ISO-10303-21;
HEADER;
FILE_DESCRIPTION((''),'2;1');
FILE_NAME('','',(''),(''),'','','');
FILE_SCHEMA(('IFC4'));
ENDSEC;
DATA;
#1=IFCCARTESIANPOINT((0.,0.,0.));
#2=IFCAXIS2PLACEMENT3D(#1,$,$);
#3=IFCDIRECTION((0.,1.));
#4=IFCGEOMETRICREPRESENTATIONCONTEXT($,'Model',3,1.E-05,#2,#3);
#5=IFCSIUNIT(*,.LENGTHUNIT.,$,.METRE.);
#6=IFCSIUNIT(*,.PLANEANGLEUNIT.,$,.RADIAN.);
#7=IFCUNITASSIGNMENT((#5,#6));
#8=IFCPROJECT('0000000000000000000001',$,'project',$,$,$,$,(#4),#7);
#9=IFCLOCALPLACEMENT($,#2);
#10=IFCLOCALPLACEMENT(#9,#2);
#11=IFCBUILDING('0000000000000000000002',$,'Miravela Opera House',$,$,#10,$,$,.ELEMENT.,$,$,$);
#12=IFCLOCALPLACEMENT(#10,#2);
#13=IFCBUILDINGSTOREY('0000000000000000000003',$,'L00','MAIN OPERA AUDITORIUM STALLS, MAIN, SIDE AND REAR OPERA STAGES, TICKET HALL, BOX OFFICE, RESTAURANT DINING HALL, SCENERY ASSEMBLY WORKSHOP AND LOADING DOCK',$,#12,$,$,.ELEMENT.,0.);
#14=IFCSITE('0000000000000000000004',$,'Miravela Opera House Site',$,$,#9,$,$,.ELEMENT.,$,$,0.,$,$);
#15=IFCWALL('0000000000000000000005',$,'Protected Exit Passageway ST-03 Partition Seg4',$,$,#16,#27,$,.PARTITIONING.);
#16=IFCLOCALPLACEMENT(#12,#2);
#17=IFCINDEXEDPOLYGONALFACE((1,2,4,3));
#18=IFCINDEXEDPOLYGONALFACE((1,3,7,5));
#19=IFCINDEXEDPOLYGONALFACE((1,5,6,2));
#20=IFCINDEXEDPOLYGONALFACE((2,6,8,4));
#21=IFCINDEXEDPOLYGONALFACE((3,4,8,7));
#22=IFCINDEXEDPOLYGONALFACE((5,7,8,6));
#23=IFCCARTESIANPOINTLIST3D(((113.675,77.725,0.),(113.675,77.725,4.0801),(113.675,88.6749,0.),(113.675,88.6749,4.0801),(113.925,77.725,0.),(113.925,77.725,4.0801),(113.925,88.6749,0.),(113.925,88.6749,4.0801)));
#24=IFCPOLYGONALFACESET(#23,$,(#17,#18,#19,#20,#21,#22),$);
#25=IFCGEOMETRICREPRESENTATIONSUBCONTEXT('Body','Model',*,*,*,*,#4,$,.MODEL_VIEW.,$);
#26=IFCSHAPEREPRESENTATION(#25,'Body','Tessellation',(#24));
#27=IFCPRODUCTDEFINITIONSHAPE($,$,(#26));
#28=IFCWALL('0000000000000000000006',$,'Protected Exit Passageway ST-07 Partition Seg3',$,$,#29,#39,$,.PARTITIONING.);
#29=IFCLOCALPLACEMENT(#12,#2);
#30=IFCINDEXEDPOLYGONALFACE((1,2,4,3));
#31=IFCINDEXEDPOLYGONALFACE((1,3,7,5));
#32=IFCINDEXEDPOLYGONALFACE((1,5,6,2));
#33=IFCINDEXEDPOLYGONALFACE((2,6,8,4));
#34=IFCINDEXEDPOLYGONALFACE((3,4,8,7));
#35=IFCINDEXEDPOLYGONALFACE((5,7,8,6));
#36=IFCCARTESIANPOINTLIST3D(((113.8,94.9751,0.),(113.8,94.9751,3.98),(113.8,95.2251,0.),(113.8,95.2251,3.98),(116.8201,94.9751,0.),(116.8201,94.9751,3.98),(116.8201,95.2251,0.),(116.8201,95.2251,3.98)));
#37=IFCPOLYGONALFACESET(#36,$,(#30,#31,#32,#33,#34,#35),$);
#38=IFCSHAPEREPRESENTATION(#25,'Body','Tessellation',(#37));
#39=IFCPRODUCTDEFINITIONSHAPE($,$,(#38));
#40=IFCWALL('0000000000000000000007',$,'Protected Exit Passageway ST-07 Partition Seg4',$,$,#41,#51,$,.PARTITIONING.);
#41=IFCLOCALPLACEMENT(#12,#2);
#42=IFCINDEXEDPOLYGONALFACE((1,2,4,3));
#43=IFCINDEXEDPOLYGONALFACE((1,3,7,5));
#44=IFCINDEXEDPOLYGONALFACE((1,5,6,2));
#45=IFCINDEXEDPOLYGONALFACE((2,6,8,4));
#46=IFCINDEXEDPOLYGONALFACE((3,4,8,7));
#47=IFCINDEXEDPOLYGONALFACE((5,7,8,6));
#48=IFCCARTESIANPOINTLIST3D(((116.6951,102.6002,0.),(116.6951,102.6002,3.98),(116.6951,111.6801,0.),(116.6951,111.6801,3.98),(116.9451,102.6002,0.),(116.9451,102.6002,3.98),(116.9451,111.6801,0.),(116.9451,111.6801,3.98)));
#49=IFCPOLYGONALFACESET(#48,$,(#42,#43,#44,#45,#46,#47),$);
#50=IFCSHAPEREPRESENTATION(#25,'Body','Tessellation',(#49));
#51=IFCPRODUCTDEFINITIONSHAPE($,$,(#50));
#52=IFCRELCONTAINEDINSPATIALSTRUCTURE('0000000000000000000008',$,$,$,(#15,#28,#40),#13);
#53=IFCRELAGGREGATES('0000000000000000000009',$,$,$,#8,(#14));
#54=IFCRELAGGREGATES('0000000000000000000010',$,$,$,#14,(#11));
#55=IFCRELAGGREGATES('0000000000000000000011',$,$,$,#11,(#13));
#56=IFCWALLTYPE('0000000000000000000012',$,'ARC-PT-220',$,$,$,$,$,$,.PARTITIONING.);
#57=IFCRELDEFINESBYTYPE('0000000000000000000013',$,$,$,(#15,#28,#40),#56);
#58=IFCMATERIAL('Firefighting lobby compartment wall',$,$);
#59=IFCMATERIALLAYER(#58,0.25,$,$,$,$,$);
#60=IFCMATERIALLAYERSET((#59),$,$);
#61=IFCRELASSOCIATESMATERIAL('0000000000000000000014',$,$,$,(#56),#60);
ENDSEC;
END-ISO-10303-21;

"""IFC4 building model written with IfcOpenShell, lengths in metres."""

from ifc_helpers import new_model, si_unit, direction, frame, frame_2d, origin, place, context, subcontext, project, spatial, rectangle, extrude, material, layer, layer_set, type_object, element, save


model = new_model("IFC4")

# Units and contexts
model_context = context("Model", 3, precision=1e-05, world=origin(), true_north=direction((0.0, 1.0)))
body_context = subcontext(model_context, "Body", "Model", "MODEL_VIEW")
ifc_project = project(units=[si_unit("LENGTHUNIT", "METRE"), si_unit("PLANEANGLEUNIT", "RADIAN")], contexts=[model_context])

# Site, building, storey
site_placement = place(None, origin())
site = spatial("IfcSite", under=ifc_project, at=site_placement, Name="Miravela Opera House Site", CompositionType="ELEMENT", RefElevation=0.0)
building_placement = place(site_placement, origin())
building = spatial("IfcBuilding", under=site, at=building_placement, Name="Miravela Opera House", CompositionType="ELEMENT")
storey_placement = place(building_placement, origin())
storey = spatial("IfcBuildingStorey", under=building, at=storey_placement, Name="L00", Description="MAIN OPERA AUDITORIUM STALLS, MAIN, SIDE AND REAR OPERA STAGES, TICKET HALL, BOX OFFICE, RESTAURANT DINING HALL, SCENERY ASSEMBLY WORKSHOP AND LOADING DOCK", CompositionType="ELEMENT", Elevation=0.0)

# Walls
ifc_material_1 = material(Name="Firefighting lobby compartment wall")
ifc_layer_1 = layer(ifc_material_1, 0.25)
ifc_layer_set_1 = layer_set([ifc_layer_1])
wall_type_1 = type_object("IfcWallType", Name="ARC-PT-220", PredefinedType="PARTITIONING", material=ifc_layer_set_1)
wall_1_placement = place(storey_placement, frame((113.8, 88.675, 0.0), z_axis=(0.0, 0.0, 1.0), x_axis=(0.0, -1.0, 0.0)))
element("IfcWall", 1, at=wall_1_placement, inside=storey, type_object=wall_type_1, Name="Protected Exit Passageway ST-03 Partition Seg4", PredefinedType="PARTITIONING", context=body_context, shape_type="SweptSolid", body=[
    extrude(rectangle(XDim=10.95, YDim=0.25, at=frame_2d((5.4751, 0.0))), origin(), (0.0, 0.0, 1.0), 4.0801),
])
wall_2_placement = place(storey_placement, frame((113.8, 95.1001, 0.0), z_axis=(0.0, 0.0, 1.0), x_axis=(1.0, 0.0, 0.0)))
element("IfcWall", 2, at=wall_2_placement, inside=storey, type_object=wall_type_1, Name="Protected Exit Passageway ST-07 Partition Seg3", PredefinedType="PARTITIONING", context=body_context, shape_type="SweptSolid", body=[
    extrude(rectangle(XDim=3.02, YDim=0.25, at=frame_2d((1.51, 0.0))), origin(), (0.0, 0.0, 1.0), 3.98),
])
wall_3_placement = place(storey_placement, frame((116.8201, 102.6001, 0.0), z_axis=(0.0, 0.0, 1.0), x_axis=(0.0, 1.0, 0.0)))
element("IfcWall", 3, at=wall_3_placement, inside=storey, type_object=wall_type_1, Name="Protected Exit Passageway ST-07 Partition Seg4", PredefinedType="PARTITIONING", context=body_context, shape_type="SweptSolid", body=[
    extrude(rectangle(XDim=9.0798, YDim=0.25, at=frame_2d((4.54, 0.0))), origin(), (0.0, 0.0, 1.0), 3.98),
])

save(model, "model.ifc")
